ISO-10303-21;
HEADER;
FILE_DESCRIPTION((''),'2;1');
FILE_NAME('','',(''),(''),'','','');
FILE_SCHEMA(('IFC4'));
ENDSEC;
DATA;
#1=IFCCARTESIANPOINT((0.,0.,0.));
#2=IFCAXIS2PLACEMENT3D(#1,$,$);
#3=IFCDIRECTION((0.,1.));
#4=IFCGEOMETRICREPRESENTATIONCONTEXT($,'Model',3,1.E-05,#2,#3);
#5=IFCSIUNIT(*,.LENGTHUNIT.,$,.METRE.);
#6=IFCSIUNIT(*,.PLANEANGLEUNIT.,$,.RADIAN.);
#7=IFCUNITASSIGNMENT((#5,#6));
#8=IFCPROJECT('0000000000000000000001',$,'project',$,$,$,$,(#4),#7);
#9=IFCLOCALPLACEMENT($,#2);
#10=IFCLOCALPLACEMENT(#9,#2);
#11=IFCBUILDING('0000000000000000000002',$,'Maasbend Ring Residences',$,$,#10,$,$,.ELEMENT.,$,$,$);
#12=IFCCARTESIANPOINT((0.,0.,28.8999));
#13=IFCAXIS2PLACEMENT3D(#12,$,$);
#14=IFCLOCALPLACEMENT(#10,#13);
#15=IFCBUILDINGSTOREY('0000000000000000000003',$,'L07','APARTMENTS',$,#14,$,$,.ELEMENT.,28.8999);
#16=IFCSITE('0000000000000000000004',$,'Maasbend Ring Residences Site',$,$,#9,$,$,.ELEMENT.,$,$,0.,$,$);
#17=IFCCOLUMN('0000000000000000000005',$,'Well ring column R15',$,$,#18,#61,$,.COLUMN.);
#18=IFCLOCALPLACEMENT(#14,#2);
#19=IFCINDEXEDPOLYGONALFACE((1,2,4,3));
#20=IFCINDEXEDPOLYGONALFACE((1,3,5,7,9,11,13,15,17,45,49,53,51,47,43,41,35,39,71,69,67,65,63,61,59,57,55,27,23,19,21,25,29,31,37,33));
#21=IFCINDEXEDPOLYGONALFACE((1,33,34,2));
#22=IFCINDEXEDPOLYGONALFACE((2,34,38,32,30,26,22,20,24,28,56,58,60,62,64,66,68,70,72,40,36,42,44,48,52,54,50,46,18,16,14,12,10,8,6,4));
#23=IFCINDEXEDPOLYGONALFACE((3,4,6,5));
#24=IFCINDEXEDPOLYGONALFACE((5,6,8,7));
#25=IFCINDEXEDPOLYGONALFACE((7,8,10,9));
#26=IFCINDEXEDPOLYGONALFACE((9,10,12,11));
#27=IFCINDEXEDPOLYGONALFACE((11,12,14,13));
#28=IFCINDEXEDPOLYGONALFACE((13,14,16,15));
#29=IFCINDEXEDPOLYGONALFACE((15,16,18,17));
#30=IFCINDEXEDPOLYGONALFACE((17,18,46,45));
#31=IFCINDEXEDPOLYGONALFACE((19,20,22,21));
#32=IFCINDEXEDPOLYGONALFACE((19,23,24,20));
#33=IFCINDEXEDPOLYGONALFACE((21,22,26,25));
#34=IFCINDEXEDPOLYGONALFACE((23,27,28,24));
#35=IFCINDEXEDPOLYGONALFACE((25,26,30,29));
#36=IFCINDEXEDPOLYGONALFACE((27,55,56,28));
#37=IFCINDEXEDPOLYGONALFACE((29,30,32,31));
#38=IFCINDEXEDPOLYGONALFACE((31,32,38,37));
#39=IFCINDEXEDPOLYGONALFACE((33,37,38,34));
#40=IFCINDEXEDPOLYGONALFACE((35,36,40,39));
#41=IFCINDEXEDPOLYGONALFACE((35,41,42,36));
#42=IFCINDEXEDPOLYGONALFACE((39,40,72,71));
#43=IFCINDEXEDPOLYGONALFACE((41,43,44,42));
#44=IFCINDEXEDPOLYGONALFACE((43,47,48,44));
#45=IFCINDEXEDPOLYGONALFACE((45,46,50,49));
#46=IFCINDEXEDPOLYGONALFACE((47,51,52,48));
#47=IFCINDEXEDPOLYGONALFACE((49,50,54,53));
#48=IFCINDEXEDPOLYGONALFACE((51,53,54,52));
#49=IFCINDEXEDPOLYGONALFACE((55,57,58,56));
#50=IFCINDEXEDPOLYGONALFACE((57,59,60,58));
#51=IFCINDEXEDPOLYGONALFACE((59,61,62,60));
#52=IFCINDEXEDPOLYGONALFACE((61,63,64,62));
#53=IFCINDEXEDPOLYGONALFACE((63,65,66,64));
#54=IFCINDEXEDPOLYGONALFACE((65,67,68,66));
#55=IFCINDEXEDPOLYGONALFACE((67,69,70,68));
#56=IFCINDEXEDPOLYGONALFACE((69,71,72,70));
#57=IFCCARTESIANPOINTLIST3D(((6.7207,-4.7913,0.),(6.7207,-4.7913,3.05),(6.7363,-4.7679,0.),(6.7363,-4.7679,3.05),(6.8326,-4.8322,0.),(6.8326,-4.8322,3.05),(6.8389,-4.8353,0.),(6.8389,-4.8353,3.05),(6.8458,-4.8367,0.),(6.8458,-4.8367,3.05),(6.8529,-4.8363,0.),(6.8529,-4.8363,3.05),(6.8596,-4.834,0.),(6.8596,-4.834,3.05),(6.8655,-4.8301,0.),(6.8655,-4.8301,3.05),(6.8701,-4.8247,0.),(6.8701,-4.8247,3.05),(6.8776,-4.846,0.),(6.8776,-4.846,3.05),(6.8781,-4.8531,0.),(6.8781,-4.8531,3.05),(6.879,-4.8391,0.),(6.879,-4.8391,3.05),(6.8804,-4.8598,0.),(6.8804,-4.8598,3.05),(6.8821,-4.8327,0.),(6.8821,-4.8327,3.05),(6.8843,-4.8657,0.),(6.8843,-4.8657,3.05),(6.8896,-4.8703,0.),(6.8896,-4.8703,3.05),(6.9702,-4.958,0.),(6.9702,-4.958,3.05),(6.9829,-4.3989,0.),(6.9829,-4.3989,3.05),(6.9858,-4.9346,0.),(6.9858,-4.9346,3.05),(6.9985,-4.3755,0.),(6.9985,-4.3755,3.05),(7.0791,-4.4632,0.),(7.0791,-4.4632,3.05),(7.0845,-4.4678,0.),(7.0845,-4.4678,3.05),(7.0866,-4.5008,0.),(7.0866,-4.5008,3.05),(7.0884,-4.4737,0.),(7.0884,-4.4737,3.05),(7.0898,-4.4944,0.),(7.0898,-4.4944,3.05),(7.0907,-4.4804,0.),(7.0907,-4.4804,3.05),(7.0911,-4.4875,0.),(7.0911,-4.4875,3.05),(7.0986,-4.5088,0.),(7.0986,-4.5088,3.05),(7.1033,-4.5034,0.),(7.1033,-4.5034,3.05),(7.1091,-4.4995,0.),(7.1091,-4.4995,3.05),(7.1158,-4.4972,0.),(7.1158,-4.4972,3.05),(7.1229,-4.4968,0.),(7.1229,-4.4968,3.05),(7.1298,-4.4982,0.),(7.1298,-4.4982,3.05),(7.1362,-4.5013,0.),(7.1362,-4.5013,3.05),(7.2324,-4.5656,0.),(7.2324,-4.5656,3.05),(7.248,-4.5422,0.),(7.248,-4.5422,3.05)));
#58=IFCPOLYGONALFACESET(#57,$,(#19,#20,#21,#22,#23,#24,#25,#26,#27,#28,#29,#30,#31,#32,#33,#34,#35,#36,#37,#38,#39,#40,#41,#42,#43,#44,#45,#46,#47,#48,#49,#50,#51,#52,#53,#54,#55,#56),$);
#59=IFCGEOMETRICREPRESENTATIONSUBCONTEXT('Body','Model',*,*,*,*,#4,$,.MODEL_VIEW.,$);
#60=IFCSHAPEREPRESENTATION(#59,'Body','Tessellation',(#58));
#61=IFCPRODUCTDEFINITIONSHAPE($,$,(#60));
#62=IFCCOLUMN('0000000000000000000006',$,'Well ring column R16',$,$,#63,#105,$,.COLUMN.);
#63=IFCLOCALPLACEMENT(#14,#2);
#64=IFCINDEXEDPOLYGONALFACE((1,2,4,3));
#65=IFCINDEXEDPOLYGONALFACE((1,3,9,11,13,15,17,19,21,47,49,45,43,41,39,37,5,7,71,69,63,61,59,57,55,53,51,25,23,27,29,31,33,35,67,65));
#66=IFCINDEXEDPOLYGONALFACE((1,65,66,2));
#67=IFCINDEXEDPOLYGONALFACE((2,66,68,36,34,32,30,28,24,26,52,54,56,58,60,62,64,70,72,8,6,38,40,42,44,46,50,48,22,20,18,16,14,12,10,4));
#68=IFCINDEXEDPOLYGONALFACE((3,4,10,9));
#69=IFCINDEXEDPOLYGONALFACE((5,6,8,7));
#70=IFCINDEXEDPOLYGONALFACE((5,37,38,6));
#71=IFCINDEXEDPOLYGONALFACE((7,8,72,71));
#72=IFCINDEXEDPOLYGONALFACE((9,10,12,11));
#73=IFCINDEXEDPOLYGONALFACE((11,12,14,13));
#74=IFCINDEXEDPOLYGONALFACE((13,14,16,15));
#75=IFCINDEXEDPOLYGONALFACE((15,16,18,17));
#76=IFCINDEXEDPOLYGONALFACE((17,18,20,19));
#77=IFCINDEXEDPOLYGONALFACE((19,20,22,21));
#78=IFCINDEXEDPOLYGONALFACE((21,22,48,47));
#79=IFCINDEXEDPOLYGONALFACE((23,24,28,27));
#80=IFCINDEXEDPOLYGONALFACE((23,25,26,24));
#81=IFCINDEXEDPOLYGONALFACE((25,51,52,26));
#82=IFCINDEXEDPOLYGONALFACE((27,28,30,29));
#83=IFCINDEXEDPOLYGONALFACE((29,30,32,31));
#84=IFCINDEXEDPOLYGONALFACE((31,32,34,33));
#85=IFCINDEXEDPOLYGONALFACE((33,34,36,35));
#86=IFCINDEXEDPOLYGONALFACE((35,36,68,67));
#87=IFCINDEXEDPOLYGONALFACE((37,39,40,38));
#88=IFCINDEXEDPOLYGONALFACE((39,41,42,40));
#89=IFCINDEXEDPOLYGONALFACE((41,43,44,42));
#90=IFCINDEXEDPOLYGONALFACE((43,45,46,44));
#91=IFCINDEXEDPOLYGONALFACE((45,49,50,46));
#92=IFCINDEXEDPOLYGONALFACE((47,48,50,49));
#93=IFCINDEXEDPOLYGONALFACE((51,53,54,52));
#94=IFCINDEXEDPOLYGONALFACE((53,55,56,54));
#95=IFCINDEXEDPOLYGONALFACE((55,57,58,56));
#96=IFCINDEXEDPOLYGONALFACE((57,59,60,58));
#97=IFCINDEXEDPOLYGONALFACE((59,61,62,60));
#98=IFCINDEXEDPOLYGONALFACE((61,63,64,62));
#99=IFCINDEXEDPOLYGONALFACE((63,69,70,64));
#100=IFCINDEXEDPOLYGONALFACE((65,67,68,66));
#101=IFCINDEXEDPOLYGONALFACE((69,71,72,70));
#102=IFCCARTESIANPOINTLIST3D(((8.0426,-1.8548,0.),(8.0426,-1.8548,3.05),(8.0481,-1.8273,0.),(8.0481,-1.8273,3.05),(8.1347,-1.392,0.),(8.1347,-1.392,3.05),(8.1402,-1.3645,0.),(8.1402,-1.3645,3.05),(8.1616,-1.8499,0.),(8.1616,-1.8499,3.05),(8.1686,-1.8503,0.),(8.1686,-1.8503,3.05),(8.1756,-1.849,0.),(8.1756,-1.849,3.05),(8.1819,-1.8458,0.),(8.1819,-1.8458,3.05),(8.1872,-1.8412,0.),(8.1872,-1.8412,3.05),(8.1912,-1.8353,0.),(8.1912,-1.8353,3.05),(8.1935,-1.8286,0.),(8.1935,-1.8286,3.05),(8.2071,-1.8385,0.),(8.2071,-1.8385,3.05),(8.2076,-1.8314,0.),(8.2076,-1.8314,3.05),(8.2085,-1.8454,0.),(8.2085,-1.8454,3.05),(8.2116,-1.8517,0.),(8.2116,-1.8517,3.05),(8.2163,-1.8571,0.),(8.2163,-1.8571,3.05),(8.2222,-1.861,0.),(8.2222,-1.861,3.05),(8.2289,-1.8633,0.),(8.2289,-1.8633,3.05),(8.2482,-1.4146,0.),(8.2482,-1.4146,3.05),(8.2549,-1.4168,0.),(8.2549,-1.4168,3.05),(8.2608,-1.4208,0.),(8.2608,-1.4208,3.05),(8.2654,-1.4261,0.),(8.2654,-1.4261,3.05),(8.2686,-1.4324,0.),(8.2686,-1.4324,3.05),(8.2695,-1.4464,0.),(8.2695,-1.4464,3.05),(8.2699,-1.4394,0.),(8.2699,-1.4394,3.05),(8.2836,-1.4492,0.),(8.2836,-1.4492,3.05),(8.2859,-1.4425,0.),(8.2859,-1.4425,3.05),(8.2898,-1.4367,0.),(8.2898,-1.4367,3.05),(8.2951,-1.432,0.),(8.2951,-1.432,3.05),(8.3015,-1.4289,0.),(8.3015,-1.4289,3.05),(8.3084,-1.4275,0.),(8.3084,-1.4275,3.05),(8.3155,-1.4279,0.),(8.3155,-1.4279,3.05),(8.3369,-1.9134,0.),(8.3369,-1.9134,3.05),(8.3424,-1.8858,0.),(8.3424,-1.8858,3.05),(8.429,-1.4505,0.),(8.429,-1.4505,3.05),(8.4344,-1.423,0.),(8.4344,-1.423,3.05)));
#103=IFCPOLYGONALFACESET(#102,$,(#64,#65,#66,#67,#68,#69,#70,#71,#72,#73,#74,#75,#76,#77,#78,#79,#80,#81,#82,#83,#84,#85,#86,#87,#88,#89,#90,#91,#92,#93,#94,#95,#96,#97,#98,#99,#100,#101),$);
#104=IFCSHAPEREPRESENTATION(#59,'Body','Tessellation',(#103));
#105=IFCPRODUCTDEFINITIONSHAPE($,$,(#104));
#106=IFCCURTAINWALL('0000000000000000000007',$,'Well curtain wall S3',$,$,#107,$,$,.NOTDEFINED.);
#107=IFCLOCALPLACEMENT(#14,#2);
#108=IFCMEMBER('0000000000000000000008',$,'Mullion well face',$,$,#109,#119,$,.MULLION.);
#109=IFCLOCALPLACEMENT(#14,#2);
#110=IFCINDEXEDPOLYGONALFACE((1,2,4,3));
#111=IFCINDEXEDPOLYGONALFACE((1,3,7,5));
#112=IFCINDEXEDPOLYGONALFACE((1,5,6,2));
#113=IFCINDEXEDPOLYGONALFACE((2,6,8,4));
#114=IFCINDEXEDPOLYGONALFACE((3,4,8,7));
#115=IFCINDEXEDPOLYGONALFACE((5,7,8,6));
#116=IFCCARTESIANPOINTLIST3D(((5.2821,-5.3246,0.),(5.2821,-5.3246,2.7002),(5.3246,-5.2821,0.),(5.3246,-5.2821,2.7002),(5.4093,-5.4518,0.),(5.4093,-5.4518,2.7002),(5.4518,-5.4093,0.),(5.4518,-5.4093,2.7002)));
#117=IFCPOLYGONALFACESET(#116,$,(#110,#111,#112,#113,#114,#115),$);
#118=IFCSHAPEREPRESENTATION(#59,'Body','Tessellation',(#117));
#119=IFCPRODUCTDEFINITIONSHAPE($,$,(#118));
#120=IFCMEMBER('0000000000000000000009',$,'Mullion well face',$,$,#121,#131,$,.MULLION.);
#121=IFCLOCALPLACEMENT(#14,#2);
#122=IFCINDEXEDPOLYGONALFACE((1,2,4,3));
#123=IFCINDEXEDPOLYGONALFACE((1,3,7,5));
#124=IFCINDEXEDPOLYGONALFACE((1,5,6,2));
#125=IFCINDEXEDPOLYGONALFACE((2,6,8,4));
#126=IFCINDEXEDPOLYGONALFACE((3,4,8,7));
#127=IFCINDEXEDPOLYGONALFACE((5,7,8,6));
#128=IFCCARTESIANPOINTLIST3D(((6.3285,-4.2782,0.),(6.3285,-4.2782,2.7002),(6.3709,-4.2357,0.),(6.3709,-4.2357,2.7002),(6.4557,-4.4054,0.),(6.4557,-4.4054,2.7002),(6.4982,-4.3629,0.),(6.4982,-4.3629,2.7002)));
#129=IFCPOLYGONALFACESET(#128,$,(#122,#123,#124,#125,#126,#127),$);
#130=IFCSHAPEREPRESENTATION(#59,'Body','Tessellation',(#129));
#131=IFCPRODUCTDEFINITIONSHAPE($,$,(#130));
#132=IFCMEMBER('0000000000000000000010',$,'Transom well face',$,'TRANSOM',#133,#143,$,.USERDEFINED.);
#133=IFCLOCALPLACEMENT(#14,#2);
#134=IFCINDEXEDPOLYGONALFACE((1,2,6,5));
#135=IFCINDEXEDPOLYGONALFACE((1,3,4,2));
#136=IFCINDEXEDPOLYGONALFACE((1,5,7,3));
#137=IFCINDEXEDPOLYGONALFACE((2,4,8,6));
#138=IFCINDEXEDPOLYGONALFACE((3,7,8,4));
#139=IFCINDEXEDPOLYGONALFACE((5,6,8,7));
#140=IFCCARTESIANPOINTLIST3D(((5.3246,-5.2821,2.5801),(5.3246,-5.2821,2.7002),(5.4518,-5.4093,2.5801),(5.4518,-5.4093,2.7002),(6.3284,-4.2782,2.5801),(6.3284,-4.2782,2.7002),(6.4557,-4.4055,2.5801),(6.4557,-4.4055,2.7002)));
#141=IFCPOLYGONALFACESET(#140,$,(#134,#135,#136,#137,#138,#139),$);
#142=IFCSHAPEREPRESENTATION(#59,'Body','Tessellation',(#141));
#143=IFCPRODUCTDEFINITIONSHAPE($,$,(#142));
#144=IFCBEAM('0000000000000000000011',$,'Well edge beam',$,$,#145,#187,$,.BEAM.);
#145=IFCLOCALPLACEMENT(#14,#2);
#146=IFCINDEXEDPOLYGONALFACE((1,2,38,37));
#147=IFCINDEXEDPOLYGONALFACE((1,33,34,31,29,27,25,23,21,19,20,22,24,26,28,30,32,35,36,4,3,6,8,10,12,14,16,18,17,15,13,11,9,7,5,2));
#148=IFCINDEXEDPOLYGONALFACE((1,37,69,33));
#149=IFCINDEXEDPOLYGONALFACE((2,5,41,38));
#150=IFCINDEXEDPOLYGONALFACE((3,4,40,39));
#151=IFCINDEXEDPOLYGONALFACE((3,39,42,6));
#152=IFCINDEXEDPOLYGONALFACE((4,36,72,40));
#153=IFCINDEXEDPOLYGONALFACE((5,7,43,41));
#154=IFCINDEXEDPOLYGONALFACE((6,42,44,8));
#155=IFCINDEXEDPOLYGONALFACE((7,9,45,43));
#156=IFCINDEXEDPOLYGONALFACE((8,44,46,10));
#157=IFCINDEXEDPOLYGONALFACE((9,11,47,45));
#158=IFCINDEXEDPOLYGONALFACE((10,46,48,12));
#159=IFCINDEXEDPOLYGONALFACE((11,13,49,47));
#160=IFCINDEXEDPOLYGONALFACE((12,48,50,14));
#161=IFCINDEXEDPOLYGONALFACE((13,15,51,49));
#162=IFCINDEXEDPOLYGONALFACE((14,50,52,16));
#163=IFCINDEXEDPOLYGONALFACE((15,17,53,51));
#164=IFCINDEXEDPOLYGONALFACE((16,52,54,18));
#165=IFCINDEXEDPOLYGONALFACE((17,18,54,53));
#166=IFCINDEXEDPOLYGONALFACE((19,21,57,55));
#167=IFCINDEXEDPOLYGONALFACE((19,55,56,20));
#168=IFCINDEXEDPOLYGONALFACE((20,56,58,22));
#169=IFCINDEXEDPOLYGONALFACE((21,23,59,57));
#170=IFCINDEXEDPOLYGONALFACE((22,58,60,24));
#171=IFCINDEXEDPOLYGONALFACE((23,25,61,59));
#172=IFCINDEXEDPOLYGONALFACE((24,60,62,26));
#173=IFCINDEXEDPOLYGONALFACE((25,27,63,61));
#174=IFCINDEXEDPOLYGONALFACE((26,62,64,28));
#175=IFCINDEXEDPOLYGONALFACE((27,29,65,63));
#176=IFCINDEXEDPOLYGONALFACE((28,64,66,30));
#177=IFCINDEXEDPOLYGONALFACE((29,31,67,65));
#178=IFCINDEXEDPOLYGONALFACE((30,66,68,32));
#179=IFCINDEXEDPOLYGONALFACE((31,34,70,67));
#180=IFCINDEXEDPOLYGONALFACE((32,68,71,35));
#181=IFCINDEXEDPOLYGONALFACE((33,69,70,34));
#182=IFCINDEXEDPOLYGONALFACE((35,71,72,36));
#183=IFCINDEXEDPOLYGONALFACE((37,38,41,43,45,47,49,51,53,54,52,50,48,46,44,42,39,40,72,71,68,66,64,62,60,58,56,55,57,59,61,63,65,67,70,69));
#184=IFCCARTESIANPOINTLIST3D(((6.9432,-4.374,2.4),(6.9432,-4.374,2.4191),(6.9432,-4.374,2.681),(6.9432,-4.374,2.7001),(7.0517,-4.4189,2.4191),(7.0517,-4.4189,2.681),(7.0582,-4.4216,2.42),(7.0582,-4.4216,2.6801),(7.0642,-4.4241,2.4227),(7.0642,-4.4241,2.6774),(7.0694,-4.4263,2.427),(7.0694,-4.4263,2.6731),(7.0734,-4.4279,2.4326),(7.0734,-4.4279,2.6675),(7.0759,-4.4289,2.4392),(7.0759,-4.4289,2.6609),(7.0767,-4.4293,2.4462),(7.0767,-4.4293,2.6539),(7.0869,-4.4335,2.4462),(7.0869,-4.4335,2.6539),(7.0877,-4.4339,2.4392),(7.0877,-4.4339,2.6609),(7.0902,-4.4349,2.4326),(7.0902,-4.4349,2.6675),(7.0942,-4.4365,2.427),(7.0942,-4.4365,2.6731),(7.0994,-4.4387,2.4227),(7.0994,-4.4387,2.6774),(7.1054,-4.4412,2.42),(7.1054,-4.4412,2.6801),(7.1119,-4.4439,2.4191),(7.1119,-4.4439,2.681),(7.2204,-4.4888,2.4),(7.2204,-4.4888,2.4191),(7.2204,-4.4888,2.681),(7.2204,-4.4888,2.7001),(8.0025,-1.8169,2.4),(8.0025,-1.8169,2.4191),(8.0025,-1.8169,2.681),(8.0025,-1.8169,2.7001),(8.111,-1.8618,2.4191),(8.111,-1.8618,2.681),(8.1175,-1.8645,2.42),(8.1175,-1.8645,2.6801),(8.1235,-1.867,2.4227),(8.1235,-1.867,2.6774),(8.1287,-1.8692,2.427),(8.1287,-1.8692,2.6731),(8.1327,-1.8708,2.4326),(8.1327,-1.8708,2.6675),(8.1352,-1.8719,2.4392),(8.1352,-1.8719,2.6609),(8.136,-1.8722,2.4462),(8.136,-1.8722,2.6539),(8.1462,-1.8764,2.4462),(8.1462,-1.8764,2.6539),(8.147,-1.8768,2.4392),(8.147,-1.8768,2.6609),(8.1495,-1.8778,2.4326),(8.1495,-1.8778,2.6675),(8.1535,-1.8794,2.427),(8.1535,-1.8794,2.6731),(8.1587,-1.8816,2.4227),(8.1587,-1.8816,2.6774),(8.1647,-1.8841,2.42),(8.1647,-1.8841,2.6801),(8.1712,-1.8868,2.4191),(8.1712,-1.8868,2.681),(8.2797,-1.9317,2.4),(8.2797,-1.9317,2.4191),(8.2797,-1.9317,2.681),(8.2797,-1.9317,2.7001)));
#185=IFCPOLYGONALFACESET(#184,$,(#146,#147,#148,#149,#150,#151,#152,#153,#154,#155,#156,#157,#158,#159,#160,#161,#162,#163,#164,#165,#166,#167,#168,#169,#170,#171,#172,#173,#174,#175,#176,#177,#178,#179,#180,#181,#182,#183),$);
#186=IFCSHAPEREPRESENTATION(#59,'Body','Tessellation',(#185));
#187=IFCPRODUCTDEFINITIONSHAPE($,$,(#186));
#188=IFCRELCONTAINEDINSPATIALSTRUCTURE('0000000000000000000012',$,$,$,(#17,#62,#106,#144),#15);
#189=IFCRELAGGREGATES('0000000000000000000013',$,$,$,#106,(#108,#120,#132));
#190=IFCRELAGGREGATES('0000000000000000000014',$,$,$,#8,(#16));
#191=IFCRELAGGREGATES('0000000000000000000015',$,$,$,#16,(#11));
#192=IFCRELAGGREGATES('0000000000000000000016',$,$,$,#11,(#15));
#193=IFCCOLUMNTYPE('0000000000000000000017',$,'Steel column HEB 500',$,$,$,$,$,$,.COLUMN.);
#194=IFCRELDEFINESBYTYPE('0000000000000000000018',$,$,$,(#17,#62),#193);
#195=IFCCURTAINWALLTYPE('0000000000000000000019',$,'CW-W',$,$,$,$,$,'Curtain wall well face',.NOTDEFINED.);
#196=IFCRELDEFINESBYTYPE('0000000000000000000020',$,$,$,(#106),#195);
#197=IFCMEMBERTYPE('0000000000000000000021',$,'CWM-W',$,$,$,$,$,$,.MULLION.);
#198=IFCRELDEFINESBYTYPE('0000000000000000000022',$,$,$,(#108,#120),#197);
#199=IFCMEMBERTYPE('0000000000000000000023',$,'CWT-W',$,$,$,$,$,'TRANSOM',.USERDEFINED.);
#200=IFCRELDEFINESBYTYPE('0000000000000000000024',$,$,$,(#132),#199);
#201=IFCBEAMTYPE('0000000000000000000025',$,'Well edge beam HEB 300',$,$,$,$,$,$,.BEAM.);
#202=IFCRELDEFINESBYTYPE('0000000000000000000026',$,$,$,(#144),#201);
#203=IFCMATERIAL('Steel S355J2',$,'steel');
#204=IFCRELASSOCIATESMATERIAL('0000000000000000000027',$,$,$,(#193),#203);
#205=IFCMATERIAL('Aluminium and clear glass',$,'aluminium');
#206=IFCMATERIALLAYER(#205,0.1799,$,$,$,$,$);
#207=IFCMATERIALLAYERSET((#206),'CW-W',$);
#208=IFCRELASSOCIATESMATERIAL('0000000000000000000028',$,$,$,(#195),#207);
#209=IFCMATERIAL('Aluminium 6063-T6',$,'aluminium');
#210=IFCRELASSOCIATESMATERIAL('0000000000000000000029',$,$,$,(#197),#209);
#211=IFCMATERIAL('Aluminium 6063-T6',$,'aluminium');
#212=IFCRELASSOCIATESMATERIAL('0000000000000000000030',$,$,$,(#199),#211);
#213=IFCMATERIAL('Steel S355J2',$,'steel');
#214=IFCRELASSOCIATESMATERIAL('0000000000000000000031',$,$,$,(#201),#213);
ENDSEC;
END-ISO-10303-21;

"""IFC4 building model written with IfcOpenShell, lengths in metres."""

from ifc_helpers import new_model, si_unit, direction, frame, origin, origin_2d, place, context, subcontext, project, spatial, rectangle, i_section, extrude, material, layer, layer_set, material_profile, profile_set, type_object, element, aggregate, save


model = new_model("IFC4")

# Units and contexts
model_context = context("Model", 3, precision=1e-05, world=origin(), true_north=direction((0.0, 1.0)))
body_context = subcontext(model_context, "Body", "Model", "MODEL_VIEW")
ifc_project = project(units=[si_unit("LENGTHUNIT", "METRE"), si_unit("PLANEANGLEUNIT", "RADIAN")], contexts=[model_context])

# Site, building, storey
site_placement = place(None, origin())
site = spatial("IfcSite", under=ifc_project, at=site_placement, Name="Maasbend Ring Residences Site", CompositionType="ELEMENT", RefElevation=0.0)
building_placement = place(site_placement, origin())
building = spatial("IfcBuilding", under=site, at=building_placement, Name="Maasbend Ring Residences", CompositionType="ELEMENT")
storey_placement = place(building_placement, frame((0.0, 0.0, 28.8999)))
storey = spatial("IfcBuildingStorey", under=building, at=storey_placement, Name="L07", Description="APARTMENTS", CompositionType="ELEMENT", Elevation=28.8999)

# Columns
ifc_material_1 = material(Name="Steel S355J2", Category="steel")
ifc_material_profile_1 = material_profile(ifc_material_1, i_section(OverallWidth=0.3, OverallDepth=0.5, WebThickness=0.0144, FlangeThickness=0.0281, FilletRadius=0.0271, at=origin_2d()), Name="HEB 500")
ifc_profile_set_1 = profile_set([ifc_material_profile_1], Name="Steel S355J2")
column_type = type_object("IfcColumnType", Name="Steel column HEB 500", PredefinedType="COLUMN", material=ifc_profile_set_1)
for number, where, z_axis, x_axis, name in (
    (1, (6.9844, -4.6667, 0.0), (0.0, 0.0, 1.0), (0.83147, -0.55557, 0.0), "Well ring column R15"),
    (2, (8.2385, -1.6389, 0.0), (0.0, 0.0, 1.0), (0.980785, -0.19509, 0.0), "Well ring column R16"),
):
    element("IfcColumn", number, at=place(storey_placement, frame(where, z_axis=z_axis, x_axis=x_axis)), inside=storey, type_object=column_type, Name=name, PredefinedType="COLUMN", context=body_context, shape_type="SweptSolid", body=[
        extrude(i_section(OverallWidth=0.3, OverallDepth=0.5, WebThickness=0.0144, FlangeThickness=0.0281, FilletRadius=0.0271, at=origin_2d()), origin(), (0.0, 0.0, 1.0), 3.05),
    ])

# Curtain wall, members
ifc_material_2 = material(Name="Aluminium and clear glass", Category="aluminium")
ifc_layer_1 = layer(ifc_material_2, 0.1799)
ifc_layer_set_1 = layer_set([ifc_layer_1], Name="CW-W")
curtain_wall_type = type_object("IfcCurtainWallType", Name="CW-W", ElementType="Curtain wall well face", PredefinedType="NOTDEFINED", material=ifc_layer_set_1)
curtain_wall_placement = place(storey_placement, origin())
curtain_wall = element("IfcCurtainWall", 3, at=curtain_wall_placement, inside=storey, type_object=curtain_wall_type, Name="Well curtain wall S3", PredefinedType="NOTDEFINED")
ifc_material_3 = material(Name="Aluminium 6063-T6", Category="aluminium")
ifc_material_profile_2 = material_profile(ifc_material_3, rectangle(XDim=0.1799, YDim=0.0601, at=origin_2d()), Name="AL 180x60")
ifc_profile_set_2 = profile_set([ifc_material_profile_2], Name="Aluminium 6063-T6")
member_type_1 = type_object("IfcMemberType", Name="CWM-W", PredefinedType="MULLION", material=ifc_profile_set_2)
member_1_placement = place(storey_placement, frame((5.3669, -5.3669, 0.0), z_axis=(0.0, 0.0, 1.0), x_axis=(-0.707107, 0.707107, 0.0)))
member_1 = element("IfcMember", 4, at=member_1_placement, type_object=member_type_1, Name="Mullion well face", PredefinedType="MULLION", context=body_context, shape_type="SweptSolid", body=[
    extrude(rectangle(XDim=0.1799, YDim=0.0601, at=origin_2d()), origin(), (0.0, 0.0, 1.0), 2.7002),
])
member_2_placement = place(storey_placement, frame((6.4133, -4.3206, 0.0), z_axis=(0.0, 0.0, 1.0), x_axis=(-0.707107, 0.707107, 0.0)))
member_2 = element("IfcMember", 5, at=member_2_placement, type_object=member_type_1, Name="Mullion well face", PredefinedType="MULLION", context=body_context, shape_type="SweptSolid", body=[
    extrude(rectangle(XDim=0.1799, YDim=0.0601, at=origin_2d()), origin(), (0.0, 0.0, 1.0), 2.7002),
])
ifc_material_4 = material(Name="Aluminium 6063-T6", Category="aluminium")
ifc_material_profile_3 = material_profile(ifc_material_4, rectangle(XDim=0.1799, YDim=0.1201, at=origin_2d()), Name="AL 180x120")
ifc_profile_set_3 = profile_set([ifc_material_profile_3], Name="Aluminium 6063-T6")
member_type_2 = type_object("IfcMemberType", Name="CWT-W", ElementType="TRANSOM", PredefinedType="USERDEFINED", material=ifc_profile_set_3)
member_3_placement = place(storey_placement, frame((5.3882, -5.3457, 2.6401), z_axis=(0.707107, 0.707107, 0.0), x_axis=(-0.707107, 0.707107, 0.0)))
member_3 = element("IfcMember", 6, at=member_3_placement, type_object=member_type_2, Name="Transom well face", ObjectType="TRANSOM", PredefinedType="USERDEFINED", context=body_context, shape_type="SweptSolid", body=[
    extrude(rectangle(XDim=0.1799, YDim=0.1201, at=origin_2d()), origin(), (0.0, 0.0, 1.0), 1.4197),
])

# Beam
ifc_material_5 = material(Name="Steel S355J2", Category="steel")
ifc_material_profile_4 = material_profile(ifc_material_5, i_section(OverallWidth=0.3, OverallDepth=0.3, WebThickness=0.011, FlangeThickness=0.019, FilletRadius=0.0271, at=origin_2d()), Name="HEB 300")
ifc_profile_set_4 = profile_set([ifc_material_profile_4], Name="Steel S355J2")
beam_type = type_object("IfcBeamType", Name="Well edge beam HEB 300", PredefinedType="BEAM", material=ifc_profile_set_4)
beam_1_placement = place(storey_placement, frame((7.0818, -4.4314, 2.55), z_axis=(0.382723, 0.923863, 0.0), x_axis=(-0.923863, 0.382723, 0.0)))
element("IfcBeam", 7, at=beam_1_placement, inside=storey, type_object=beam_type, Name="Well edge beam", PredefinedType="BEAM", context=body_context, shape_type="SweptSolid", body=[
    extrude(i_section(OverallWidth=0.3, OverallDepth=0.3, WebThickness=0.011, FlangeThickness=0.019, FilletRadius=0.0271, at=origin_2d()), origin(), (0.0, 0.0, 1.0), 2.7678),
])

aggregate(curtain_wall, [member_1, member_2, member_3])

save(model, "model.ifc")
